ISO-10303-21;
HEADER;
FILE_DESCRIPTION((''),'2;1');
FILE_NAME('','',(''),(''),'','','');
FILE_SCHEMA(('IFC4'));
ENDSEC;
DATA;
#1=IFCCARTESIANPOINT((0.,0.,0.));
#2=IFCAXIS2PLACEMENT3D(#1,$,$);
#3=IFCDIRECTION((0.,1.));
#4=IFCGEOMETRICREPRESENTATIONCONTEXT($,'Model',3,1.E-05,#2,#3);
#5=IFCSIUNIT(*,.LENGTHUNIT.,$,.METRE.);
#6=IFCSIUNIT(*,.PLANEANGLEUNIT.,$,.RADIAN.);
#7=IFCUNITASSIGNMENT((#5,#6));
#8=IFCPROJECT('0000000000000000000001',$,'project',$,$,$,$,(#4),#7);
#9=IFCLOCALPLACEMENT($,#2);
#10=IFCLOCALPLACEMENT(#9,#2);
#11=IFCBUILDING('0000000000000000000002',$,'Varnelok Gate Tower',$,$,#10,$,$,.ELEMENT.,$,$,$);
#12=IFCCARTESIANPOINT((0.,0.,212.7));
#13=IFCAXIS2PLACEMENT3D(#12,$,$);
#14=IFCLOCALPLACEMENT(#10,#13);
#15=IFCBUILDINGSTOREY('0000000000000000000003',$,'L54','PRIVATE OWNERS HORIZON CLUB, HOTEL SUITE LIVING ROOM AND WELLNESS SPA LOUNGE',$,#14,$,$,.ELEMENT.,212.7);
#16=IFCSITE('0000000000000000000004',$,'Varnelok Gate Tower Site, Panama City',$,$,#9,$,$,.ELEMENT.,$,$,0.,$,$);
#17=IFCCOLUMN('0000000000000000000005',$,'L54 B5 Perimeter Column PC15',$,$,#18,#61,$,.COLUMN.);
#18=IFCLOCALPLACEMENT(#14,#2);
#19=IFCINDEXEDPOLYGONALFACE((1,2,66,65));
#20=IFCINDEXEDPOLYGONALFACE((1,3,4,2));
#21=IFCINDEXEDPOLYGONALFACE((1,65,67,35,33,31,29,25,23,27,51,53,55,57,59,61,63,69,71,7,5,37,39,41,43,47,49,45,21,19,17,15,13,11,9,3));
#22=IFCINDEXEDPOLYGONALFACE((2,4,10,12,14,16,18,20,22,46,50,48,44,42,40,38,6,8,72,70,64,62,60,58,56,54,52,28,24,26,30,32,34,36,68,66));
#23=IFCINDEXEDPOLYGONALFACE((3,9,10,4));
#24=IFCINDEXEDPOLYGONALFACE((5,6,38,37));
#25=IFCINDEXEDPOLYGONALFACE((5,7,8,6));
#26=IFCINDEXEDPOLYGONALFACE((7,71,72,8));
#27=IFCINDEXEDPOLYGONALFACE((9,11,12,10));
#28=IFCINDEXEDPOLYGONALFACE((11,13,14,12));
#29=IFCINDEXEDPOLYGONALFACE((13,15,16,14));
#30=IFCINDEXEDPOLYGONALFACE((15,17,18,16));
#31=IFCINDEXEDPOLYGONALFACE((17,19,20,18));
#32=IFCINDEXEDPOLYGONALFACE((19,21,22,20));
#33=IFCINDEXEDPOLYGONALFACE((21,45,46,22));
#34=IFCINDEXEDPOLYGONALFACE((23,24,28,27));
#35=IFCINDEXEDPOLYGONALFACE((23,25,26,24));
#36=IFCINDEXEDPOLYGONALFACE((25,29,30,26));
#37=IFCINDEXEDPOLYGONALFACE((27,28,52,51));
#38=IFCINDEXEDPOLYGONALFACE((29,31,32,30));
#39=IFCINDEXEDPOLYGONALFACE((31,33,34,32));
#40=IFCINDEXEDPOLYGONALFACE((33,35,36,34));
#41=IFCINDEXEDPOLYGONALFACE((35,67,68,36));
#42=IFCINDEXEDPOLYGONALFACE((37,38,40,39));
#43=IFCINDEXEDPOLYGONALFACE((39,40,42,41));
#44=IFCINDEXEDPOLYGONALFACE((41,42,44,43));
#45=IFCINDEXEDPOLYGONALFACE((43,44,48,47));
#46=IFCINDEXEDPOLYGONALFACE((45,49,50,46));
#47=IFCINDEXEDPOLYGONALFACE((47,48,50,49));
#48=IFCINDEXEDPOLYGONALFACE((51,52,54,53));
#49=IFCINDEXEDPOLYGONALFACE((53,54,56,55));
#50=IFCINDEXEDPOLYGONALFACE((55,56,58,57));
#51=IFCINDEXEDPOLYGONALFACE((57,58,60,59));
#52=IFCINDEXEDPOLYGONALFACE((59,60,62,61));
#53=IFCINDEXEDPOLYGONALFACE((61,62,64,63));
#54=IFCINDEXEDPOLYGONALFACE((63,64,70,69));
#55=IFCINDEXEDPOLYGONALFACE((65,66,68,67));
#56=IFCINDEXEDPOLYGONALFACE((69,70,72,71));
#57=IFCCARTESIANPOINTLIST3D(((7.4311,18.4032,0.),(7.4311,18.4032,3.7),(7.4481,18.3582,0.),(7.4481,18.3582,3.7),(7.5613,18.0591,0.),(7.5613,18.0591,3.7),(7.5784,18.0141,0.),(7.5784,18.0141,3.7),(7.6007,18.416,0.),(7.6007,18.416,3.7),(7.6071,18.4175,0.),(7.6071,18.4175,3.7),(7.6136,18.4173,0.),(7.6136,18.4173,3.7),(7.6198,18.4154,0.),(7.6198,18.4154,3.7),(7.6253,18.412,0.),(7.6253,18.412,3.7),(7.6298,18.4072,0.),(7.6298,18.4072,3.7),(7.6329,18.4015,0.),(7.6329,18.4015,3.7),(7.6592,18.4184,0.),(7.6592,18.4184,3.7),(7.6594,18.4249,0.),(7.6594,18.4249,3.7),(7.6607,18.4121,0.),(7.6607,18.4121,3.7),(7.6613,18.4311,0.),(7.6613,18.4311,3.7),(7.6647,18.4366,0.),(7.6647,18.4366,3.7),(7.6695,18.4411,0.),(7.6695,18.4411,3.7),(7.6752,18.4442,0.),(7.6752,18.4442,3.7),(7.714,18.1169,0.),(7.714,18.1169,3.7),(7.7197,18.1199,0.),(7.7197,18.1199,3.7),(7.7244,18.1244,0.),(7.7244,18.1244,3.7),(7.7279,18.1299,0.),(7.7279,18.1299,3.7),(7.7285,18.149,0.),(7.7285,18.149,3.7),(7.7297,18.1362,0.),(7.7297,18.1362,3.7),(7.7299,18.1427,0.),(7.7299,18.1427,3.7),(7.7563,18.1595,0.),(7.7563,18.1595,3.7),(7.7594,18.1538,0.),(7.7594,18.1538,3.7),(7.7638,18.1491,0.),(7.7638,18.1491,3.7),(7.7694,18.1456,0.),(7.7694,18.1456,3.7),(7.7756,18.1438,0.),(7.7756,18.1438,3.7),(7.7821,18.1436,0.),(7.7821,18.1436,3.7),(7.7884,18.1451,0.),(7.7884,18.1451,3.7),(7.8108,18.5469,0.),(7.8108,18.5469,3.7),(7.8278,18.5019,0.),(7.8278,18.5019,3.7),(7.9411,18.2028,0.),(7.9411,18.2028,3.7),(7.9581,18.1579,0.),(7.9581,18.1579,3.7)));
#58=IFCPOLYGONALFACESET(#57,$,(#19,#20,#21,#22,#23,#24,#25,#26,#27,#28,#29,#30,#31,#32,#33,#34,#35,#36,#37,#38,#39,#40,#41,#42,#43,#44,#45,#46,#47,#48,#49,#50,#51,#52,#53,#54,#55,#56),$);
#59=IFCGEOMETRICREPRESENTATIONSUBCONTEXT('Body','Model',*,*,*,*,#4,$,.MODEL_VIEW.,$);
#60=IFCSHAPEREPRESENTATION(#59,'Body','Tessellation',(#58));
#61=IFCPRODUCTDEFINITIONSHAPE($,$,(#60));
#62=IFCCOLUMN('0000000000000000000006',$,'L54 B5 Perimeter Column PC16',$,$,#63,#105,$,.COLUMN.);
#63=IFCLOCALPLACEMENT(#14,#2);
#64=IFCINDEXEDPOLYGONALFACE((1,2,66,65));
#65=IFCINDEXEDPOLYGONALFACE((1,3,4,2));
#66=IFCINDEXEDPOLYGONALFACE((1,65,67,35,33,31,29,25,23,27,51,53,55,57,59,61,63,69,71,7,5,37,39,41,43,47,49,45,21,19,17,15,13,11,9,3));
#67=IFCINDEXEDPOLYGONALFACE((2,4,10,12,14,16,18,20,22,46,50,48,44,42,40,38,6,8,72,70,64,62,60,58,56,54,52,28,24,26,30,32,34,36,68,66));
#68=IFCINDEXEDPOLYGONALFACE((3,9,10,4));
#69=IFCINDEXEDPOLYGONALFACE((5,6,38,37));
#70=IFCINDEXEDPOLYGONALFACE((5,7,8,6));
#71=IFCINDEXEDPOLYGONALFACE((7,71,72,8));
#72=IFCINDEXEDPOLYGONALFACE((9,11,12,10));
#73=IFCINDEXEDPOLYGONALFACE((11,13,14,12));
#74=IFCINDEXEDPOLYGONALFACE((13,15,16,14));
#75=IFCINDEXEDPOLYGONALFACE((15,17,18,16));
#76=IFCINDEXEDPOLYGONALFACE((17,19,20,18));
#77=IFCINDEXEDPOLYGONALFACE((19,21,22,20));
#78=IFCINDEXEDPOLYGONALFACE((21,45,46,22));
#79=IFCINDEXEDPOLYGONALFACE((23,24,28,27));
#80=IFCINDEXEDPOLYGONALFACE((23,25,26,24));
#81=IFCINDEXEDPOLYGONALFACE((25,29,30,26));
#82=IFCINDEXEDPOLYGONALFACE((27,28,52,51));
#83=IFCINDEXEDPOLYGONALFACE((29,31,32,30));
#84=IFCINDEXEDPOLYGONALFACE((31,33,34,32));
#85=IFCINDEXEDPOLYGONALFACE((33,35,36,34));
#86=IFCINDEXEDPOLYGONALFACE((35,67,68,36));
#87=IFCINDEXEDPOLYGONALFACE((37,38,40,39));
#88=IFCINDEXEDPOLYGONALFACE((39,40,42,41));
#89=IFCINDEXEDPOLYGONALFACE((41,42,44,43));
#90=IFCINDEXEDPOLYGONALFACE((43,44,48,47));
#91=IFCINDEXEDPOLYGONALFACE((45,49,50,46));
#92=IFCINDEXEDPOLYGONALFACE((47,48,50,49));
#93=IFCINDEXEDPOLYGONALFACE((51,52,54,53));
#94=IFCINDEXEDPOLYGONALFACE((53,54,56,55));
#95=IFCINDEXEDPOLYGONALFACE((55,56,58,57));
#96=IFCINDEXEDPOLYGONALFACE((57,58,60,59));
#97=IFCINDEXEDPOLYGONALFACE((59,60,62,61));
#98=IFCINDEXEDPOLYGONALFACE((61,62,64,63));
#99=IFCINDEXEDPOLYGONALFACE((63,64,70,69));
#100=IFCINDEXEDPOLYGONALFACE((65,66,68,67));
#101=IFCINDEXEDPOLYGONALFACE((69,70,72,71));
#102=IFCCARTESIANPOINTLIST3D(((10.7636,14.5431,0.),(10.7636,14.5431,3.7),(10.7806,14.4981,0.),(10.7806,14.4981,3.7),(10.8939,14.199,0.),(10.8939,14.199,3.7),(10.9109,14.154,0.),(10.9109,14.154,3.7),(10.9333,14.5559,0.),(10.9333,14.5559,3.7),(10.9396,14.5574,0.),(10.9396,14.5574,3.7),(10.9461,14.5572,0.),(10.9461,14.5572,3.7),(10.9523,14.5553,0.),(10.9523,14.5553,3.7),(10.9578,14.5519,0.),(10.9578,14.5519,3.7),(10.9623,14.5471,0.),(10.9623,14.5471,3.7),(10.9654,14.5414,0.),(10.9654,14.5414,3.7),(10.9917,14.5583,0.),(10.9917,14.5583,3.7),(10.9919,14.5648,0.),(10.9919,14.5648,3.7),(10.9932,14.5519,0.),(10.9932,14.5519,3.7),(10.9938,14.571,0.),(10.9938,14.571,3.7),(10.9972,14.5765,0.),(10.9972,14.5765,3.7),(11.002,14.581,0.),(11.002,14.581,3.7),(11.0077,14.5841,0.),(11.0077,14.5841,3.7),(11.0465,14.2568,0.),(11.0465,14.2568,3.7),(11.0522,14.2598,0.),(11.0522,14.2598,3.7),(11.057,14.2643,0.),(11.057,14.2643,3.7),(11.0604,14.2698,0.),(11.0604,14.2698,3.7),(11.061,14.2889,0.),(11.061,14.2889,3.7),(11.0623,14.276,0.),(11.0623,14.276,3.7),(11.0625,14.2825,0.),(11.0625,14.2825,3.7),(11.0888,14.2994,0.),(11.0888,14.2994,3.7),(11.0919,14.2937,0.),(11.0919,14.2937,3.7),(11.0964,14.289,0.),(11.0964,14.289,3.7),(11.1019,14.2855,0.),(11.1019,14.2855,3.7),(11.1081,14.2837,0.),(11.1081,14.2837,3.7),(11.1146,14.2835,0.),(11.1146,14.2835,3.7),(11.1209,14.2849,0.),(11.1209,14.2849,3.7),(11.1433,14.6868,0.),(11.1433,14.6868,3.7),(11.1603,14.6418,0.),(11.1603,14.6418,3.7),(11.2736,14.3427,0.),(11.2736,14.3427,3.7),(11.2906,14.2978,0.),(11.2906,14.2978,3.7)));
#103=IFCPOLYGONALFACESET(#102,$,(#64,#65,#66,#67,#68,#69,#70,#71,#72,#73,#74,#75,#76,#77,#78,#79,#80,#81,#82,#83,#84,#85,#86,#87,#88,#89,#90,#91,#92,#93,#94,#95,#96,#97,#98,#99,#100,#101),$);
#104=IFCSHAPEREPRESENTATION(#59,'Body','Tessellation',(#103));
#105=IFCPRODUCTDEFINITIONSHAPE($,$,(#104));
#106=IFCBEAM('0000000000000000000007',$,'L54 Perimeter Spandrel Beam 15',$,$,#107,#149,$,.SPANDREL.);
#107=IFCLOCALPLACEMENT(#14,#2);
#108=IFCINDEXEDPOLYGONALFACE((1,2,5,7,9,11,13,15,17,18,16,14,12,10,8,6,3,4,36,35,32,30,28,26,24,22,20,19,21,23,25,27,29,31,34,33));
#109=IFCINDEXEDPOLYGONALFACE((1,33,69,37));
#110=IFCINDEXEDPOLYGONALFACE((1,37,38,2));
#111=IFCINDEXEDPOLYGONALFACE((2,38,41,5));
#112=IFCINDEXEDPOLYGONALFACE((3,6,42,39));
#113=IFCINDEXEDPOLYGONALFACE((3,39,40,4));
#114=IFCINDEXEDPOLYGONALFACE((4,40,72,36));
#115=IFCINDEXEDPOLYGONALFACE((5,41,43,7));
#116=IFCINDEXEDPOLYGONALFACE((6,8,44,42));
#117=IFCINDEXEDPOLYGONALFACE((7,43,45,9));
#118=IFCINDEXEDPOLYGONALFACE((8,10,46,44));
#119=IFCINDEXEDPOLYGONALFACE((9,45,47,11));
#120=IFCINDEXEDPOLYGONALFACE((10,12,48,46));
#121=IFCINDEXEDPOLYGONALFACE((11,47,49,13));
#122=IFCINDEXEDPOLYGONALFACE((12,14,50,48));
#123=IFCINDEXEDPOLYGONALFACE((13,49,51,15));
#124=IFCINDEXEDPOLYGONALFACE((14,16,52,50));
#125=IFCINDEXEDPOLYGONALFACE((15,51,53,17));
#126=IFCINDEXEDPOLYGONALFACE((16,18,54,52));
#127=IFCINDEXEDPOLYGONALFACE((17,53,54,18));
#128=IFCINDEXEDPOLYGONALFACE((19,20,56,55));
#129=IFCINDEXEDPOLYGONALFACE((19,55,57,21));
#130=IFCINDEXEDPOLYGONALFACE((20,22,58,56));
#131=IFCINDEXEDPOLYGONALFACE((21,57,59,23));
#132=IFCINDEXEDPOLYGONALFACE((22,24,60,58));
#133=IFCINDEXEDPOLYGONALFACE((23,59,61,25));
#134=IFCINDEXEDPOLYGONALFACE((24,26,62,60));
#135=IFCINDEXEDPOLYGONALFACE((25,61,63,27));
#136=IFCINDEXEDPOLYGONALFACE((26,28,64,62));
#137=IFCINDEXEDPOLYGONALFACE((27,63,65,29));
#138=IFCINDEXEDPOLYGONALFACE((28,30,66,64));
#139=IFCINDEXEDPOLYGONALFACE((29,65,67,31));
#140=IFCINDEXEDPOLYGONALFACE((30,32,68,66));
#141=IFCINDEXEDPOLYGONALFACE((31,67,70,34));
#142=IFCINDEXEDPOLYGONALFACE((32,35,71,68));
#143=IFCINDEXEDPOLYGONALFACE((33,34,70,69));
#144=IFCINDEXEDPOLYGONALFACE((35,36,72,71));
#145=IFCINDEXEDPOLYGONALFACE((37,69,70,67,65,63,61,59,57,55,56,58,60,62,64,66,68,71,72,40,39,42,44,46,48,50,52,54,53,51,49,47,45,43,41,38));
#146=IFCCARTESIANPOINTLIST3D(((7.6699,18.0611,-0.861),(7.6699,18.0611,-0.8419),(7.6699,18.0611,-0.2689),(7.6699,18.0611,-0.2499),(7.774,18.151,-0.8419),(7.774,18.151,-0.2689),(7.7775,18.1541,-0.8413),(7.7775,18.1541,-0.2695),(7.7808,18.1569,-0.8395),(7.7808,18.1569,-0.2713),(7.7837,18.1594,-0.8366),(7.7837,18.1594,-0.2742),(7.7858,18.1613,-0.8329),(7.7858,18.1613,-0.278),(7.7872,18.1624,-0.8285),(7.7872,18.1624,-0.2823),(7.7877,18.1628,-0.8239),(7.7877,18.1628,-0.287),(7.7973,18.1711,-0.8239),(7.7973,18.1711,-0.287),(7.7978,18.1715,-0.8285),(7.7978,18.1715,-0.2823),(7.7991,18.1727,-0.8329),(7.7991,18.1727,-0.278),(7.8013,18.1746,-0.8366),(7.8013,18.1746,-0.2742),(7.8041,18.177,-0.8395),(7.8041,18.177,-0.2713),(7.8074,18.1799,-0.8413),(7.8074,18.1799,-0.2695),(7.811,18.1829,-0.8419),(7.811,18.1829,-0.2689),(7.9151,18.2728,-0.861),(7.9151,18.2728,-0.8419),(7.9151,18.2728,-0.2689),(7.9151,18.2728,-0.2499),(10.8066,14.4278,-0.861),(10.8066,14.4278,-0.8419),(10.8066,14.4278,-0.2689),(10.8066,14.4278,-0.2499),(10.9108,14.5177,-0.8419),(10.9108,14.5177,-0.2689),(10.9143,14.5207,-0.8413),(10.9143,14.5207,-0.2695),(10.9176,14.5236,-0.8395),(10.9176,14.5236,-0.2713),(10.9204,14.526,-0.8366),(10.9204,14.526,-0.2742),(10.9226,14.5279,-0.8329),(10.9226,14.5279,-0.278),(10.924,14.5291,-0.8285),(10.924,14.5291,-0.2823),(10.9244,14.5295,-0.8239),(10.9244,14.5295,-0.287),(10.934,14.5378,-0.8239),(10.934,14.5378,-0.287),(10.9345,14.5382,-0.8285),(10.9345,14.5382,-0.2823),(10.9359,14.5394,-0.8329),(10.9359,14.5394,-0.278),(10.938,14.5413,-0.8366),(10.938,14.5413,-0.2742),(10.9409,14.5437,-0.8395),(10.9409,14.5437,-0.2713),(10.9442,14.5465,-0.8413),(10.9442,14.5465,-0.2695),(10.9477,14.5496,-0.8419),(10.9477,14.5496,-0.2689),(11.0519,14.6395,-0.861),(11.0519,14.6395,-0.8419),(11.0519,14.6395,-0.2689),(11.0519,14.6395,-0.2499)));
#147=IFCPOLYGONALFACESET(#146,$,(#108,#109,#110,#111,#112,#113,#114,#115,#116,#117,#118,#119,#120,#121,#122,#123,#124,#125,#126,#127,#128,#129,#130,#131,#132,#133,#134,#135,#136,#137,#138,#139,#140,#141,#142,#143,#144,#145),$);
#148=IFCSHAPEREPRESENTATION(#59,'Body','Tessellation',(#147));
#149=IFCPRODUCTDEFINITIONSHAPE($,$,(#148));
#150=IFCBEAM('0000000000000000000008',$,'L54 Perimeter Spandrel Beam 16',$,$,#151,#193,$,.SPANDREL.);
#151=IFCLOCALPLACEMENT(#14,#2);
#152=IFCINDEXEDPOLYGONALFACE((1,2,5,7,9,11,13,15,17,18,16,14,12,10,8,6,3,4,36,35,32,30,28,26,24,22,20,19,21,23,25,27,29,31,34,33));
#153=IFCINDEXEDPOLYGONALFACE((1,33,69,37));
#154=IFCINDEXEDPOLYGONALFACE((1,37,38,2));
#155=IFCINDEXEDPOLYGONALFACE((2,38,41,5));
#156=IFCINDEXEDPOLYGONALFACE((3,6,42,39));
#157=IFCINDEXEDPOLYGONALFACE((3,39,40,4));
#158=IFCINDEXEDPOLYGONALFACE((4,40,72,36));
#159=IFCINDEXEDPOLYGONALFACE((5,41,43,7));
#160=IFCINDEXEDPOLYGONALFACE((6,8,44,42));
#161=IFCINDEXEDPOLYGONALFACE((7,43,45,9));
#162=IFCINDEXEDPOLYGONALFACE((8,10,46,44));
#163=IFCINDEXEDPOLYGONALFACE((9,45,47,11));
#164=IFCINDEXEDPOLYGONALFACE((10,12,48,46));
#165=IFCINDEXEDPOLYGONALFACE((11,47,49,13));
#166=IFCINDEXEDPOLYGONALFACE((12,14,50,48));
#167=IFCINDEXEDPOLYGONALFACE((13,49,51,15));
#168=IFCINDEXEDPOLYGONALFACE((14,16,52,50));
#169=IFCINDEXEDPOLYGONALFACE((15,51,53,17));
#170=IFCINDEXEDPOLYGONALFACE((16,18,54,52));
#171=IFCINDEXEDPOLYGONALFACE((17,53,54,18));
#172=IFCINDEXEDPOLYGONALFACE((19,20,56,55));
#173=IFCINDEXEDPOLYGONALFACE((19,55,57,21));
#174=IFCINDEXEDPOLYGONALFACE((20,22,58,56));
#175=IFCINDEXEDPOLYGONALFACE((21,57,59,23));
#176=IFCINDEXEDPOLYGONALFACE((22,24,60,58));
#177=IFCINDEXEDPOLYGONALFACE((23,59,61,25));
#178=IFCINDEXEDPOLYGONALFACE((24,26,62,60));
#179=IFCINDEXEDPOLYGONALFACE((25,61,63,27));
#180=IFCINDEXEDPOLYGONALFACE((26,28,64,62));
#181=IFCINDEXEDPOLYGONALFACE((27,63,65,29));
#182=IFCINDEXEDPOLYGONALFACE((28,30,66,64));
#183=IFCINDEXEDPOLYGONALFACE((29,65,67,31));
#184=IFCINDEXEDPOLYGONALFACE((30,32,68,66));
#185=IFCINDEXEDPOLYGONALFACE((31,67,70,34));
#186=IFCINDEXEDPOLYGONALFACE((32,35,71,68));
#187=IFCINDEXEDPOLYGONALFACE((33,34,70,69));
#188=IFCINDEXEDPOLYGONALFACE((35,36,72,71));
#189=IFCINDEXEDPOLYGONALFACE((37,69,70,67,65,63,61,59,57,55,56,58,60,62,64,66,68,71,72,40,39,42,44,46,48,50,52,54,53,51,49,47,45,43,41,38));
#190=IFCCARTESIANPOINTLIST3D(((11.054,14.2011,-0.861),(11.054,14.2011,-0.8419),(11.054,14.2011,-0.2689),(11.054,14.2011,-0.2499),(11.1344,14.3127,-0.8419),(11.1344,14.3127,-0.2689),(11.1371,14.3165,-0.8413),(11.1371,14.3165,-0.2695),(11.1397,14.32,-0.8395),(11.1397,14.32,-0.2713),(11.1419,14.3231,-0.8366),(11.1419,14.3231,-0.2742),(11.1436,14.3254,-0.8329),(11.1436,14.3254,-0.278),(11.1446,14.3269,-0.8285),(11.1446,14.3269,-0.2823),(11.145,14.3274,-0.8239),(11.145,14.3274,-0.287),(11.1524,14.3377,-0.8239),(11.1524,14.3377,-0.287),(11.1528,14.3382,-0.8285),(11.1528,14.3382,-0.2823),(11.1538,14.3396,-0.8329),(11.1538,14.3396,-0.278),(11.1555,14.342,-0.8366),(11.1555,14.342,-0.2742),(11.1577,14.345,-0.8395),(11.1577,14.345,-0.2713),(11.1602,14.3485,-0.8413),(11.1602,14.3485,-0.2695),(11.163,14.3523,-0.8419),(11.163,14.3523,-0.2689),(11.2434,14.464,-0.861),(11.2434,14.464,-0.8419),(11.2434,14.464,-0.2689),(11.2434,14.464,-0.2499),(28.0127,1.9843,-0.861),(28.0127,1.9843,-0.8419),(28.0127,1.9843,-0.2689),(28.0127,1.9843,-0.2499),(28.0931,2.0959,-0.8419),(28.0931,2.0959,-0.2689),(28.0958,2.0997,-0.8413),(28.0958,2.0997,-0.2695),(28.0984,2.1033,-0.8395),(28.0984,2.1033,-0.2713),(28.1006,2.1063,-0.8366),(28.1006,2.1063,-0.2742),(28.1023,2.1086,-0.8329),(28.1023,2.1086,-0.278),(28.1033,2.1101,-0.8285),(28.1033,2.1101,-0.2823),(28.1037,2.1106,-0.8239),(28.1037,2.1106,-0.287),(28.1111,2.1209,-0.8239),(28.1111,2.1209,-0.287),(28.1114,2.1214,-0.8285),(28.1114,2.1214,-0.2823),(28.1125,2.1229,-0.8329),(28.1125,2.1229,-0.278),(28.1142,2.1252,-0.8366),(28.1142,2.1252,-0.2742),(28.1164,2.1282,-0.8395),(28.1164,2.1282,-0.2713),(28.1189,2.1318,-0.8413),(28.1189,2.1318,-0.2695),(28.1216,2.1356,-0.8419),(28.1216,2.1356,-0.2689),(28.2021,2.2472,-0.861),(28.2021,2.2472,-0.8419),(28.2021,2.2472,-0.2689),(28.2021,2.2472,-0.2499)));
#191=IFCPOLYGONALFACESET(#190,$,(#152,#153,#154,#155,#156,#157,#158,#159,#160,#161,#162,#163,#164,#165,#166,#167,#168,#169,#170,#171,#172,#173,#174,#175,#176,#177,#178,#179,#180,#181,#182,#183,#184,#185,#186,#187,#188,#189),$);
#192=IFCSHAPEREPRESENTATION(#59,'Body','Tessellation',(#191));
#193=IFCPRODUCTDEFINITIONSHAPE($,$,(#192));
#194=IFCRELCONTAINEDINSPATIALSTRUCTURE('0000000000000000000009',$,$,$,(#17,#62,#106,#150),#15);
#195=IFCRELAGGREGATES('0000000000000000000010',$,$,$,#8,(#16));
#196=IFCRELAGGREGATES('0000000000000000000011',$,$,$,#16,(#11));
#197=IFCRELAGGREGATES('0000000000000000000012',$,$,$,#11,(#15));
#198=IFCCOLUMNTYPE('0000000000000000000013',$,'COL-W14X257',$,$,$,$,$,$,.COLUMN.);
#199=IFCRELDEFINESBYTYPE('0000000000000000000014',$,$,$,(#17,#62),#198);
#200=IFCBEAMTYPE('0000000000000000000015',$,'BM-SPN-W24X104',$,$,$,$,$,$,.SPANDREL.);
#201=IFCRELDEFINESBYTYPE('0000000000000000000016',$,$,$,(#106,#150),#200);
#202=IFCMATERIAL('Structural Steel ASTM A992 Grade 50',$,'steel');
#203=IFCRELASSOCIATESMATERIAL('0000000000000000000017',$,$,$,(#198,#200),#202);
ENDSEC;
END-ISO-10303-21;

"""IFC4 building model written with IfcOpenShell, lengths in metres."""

from ifc_helpers import new_model, si_unit, direction, frame, origin, origin_2d, place, context, subcontext, project, spatial, i_section, extrude, material, material_profile, profile_set, type_object, element, save


model = new_model("IFC4")

# Units and contexts
model_context = context("Model", 3, precision=1e-05, world=origin(), true_north=direction((0.0, 1.0)))
body_context = subcontext(model_context, "Body", "Model", "MODEL_VIEW")
ifc_project = project(units=[si_unit("LENGTHUNIT", "METRE"), si_unit("PLANEANGLEUNIT", "RADIAN")], contexts=[model_context])

# Site, building, storey
site_placement = place(None, origin())
site = spatial("IfcSite", under=ifc_project, at=site_placement, Name="Varnelok Gate Tower Site, Panama City", CompositionType="ELEMENT", RefElevation=0.0)
building_placement = place(site_placement, origin())
building = spatial("IfcBuilding", under=site, at=building_placement, Name="Varnelok Gate Tower", CompositionType="ELEMENT")
storey_placement = place(building_placement, frame((0.0, 0.0, 212.7)))
storey = spatial("IfcBuildingStorey", under=building, at=storey_placement, Name="L54", Description="PRIVATE OWNERS HORIZON CLUB, HOTEL SUITE LIVING ROOM AND WELLNESS SPA LOUNGE", CompositionType="ELEMENT", Elevation=212.7)

# Columns
ifc_material_1 = material(Name="Structural Steel ASTM A992 Grade 50", Category="steel")
ifc_material_profile_1 = material_profile(ifc_material_1, i_section(OverallWidth=0.406, OverallDepth=0.416, WebThickness=0.0298, FlangeThickness=0.0481, FilletRadius=0.0249, at=origin_2d()), Name="W14X257")
ifc_profile_set_1 = profile_set([ifc_material_profile_1], Name="Structural Steel ASTM A992 Grade 50")
column_type = type_object("IfcColumnType", Name="COL-W14X257", PredefinedType="COLUMN", material=ifc_profile_set_1)
for number, where, z_axis, x_axis, name in (
    (1, (7.6946, 18.2805, 0.0), (0.0, 0.0, 1.0), (0.935222, 0.354063, 0.0), "L54 B5 Perimeter Column PC15"),
    (2, (11.0271, 14.4204, 0.0), (0.0, 0.0, 1.0), (0.935222, 0.354063, 0.0), "L54 B5 Perimeter Column PC16"),
):
    element("IfcColumn", number, at=place(storey_placement, frame(where, z_axis=z_axis, x_axis=x_axis)), inside=storey, type_object=column_type, Name=name, PredefinedType="COLUMN", context=body_context, shape_type="SweptSolid", body=[
        extrude(i_section(OverallWidth=0.406, OverallDepth=0.416, WebThickness=0.0298, FlangeThickness=0.0481, FilletRadius=0.0249, at=origin_2d()), origin(), (0.0, 0.0, 1.0), 3.7),
    ])

# Beams
ifc_material_profile_2 = material_profile(ifc_material_1, i_section(OverallWidth=0.324, OverallDepth=0.6111, WebThickness=0.0127, FlangeThickness=0.019, FilletRadius=0.0181, at=origin_2d()), Name="W24X104")
ifc_profile_set_2 = profile_set([ifc_material_profile_2], Name="Structural Steel ASTM A992 Grade 50")
beam_type = type_object("IfcBeamType", Name="BM-SPN-W24X104", PredefinedType="SPANDREL", material=ifc_profile_set_2)
beam_1_placement = place(storey_placement, frame((7.7925, 18.167, -0.5554), z_axis=(0.653485, -0.75694, 0.0), x_axis=(0.75694, 0.653485, 0.0)))
element("IfcBeam", 3, at=beam_1_placement, inside=storey, type_object=beam_type, Name="L54 Perimeter Spandrel Beam 15", PredefinedType="SPANDREL", context=body_context, shape_type="SweptSolid", body=[
    extrude(i_section(OverallWidth=0.324, OverallDepth=0.6111, WebThickness=0.0127, FlangeThickness=0.019, FilletRadius=0.0181, at=origin_2d()), origin(), (0.0, 0.0, 1.0), 4.8),
])
beam_2_placement = place(storey_placement, frame((11.1487, 14.3325, -0.5554), z_axis=(0.811387, -0.58451, 0.0), x_axis=(0.58451, 0.811387, 0.0)))
element("IfcBeam", 4, at=beam_2_placement, inside=storey, type_object=beam_type, Name="L54 Perimeter Spandrel Beam 16", PredefinedType="SPANDREL", context=body_context, shape_type="SweptSolid", body=[
    extrude(i_section(OverallWidth=0.324, OverallDepth=0.6111, WebThickness=0.0127, FlangeThickness=0.019, FilletRadius=0.0181, at=origin_2d()), origin(), (0.0, 0.0, 1.0), 20.9009),
])

save(model, "model.ifc")
